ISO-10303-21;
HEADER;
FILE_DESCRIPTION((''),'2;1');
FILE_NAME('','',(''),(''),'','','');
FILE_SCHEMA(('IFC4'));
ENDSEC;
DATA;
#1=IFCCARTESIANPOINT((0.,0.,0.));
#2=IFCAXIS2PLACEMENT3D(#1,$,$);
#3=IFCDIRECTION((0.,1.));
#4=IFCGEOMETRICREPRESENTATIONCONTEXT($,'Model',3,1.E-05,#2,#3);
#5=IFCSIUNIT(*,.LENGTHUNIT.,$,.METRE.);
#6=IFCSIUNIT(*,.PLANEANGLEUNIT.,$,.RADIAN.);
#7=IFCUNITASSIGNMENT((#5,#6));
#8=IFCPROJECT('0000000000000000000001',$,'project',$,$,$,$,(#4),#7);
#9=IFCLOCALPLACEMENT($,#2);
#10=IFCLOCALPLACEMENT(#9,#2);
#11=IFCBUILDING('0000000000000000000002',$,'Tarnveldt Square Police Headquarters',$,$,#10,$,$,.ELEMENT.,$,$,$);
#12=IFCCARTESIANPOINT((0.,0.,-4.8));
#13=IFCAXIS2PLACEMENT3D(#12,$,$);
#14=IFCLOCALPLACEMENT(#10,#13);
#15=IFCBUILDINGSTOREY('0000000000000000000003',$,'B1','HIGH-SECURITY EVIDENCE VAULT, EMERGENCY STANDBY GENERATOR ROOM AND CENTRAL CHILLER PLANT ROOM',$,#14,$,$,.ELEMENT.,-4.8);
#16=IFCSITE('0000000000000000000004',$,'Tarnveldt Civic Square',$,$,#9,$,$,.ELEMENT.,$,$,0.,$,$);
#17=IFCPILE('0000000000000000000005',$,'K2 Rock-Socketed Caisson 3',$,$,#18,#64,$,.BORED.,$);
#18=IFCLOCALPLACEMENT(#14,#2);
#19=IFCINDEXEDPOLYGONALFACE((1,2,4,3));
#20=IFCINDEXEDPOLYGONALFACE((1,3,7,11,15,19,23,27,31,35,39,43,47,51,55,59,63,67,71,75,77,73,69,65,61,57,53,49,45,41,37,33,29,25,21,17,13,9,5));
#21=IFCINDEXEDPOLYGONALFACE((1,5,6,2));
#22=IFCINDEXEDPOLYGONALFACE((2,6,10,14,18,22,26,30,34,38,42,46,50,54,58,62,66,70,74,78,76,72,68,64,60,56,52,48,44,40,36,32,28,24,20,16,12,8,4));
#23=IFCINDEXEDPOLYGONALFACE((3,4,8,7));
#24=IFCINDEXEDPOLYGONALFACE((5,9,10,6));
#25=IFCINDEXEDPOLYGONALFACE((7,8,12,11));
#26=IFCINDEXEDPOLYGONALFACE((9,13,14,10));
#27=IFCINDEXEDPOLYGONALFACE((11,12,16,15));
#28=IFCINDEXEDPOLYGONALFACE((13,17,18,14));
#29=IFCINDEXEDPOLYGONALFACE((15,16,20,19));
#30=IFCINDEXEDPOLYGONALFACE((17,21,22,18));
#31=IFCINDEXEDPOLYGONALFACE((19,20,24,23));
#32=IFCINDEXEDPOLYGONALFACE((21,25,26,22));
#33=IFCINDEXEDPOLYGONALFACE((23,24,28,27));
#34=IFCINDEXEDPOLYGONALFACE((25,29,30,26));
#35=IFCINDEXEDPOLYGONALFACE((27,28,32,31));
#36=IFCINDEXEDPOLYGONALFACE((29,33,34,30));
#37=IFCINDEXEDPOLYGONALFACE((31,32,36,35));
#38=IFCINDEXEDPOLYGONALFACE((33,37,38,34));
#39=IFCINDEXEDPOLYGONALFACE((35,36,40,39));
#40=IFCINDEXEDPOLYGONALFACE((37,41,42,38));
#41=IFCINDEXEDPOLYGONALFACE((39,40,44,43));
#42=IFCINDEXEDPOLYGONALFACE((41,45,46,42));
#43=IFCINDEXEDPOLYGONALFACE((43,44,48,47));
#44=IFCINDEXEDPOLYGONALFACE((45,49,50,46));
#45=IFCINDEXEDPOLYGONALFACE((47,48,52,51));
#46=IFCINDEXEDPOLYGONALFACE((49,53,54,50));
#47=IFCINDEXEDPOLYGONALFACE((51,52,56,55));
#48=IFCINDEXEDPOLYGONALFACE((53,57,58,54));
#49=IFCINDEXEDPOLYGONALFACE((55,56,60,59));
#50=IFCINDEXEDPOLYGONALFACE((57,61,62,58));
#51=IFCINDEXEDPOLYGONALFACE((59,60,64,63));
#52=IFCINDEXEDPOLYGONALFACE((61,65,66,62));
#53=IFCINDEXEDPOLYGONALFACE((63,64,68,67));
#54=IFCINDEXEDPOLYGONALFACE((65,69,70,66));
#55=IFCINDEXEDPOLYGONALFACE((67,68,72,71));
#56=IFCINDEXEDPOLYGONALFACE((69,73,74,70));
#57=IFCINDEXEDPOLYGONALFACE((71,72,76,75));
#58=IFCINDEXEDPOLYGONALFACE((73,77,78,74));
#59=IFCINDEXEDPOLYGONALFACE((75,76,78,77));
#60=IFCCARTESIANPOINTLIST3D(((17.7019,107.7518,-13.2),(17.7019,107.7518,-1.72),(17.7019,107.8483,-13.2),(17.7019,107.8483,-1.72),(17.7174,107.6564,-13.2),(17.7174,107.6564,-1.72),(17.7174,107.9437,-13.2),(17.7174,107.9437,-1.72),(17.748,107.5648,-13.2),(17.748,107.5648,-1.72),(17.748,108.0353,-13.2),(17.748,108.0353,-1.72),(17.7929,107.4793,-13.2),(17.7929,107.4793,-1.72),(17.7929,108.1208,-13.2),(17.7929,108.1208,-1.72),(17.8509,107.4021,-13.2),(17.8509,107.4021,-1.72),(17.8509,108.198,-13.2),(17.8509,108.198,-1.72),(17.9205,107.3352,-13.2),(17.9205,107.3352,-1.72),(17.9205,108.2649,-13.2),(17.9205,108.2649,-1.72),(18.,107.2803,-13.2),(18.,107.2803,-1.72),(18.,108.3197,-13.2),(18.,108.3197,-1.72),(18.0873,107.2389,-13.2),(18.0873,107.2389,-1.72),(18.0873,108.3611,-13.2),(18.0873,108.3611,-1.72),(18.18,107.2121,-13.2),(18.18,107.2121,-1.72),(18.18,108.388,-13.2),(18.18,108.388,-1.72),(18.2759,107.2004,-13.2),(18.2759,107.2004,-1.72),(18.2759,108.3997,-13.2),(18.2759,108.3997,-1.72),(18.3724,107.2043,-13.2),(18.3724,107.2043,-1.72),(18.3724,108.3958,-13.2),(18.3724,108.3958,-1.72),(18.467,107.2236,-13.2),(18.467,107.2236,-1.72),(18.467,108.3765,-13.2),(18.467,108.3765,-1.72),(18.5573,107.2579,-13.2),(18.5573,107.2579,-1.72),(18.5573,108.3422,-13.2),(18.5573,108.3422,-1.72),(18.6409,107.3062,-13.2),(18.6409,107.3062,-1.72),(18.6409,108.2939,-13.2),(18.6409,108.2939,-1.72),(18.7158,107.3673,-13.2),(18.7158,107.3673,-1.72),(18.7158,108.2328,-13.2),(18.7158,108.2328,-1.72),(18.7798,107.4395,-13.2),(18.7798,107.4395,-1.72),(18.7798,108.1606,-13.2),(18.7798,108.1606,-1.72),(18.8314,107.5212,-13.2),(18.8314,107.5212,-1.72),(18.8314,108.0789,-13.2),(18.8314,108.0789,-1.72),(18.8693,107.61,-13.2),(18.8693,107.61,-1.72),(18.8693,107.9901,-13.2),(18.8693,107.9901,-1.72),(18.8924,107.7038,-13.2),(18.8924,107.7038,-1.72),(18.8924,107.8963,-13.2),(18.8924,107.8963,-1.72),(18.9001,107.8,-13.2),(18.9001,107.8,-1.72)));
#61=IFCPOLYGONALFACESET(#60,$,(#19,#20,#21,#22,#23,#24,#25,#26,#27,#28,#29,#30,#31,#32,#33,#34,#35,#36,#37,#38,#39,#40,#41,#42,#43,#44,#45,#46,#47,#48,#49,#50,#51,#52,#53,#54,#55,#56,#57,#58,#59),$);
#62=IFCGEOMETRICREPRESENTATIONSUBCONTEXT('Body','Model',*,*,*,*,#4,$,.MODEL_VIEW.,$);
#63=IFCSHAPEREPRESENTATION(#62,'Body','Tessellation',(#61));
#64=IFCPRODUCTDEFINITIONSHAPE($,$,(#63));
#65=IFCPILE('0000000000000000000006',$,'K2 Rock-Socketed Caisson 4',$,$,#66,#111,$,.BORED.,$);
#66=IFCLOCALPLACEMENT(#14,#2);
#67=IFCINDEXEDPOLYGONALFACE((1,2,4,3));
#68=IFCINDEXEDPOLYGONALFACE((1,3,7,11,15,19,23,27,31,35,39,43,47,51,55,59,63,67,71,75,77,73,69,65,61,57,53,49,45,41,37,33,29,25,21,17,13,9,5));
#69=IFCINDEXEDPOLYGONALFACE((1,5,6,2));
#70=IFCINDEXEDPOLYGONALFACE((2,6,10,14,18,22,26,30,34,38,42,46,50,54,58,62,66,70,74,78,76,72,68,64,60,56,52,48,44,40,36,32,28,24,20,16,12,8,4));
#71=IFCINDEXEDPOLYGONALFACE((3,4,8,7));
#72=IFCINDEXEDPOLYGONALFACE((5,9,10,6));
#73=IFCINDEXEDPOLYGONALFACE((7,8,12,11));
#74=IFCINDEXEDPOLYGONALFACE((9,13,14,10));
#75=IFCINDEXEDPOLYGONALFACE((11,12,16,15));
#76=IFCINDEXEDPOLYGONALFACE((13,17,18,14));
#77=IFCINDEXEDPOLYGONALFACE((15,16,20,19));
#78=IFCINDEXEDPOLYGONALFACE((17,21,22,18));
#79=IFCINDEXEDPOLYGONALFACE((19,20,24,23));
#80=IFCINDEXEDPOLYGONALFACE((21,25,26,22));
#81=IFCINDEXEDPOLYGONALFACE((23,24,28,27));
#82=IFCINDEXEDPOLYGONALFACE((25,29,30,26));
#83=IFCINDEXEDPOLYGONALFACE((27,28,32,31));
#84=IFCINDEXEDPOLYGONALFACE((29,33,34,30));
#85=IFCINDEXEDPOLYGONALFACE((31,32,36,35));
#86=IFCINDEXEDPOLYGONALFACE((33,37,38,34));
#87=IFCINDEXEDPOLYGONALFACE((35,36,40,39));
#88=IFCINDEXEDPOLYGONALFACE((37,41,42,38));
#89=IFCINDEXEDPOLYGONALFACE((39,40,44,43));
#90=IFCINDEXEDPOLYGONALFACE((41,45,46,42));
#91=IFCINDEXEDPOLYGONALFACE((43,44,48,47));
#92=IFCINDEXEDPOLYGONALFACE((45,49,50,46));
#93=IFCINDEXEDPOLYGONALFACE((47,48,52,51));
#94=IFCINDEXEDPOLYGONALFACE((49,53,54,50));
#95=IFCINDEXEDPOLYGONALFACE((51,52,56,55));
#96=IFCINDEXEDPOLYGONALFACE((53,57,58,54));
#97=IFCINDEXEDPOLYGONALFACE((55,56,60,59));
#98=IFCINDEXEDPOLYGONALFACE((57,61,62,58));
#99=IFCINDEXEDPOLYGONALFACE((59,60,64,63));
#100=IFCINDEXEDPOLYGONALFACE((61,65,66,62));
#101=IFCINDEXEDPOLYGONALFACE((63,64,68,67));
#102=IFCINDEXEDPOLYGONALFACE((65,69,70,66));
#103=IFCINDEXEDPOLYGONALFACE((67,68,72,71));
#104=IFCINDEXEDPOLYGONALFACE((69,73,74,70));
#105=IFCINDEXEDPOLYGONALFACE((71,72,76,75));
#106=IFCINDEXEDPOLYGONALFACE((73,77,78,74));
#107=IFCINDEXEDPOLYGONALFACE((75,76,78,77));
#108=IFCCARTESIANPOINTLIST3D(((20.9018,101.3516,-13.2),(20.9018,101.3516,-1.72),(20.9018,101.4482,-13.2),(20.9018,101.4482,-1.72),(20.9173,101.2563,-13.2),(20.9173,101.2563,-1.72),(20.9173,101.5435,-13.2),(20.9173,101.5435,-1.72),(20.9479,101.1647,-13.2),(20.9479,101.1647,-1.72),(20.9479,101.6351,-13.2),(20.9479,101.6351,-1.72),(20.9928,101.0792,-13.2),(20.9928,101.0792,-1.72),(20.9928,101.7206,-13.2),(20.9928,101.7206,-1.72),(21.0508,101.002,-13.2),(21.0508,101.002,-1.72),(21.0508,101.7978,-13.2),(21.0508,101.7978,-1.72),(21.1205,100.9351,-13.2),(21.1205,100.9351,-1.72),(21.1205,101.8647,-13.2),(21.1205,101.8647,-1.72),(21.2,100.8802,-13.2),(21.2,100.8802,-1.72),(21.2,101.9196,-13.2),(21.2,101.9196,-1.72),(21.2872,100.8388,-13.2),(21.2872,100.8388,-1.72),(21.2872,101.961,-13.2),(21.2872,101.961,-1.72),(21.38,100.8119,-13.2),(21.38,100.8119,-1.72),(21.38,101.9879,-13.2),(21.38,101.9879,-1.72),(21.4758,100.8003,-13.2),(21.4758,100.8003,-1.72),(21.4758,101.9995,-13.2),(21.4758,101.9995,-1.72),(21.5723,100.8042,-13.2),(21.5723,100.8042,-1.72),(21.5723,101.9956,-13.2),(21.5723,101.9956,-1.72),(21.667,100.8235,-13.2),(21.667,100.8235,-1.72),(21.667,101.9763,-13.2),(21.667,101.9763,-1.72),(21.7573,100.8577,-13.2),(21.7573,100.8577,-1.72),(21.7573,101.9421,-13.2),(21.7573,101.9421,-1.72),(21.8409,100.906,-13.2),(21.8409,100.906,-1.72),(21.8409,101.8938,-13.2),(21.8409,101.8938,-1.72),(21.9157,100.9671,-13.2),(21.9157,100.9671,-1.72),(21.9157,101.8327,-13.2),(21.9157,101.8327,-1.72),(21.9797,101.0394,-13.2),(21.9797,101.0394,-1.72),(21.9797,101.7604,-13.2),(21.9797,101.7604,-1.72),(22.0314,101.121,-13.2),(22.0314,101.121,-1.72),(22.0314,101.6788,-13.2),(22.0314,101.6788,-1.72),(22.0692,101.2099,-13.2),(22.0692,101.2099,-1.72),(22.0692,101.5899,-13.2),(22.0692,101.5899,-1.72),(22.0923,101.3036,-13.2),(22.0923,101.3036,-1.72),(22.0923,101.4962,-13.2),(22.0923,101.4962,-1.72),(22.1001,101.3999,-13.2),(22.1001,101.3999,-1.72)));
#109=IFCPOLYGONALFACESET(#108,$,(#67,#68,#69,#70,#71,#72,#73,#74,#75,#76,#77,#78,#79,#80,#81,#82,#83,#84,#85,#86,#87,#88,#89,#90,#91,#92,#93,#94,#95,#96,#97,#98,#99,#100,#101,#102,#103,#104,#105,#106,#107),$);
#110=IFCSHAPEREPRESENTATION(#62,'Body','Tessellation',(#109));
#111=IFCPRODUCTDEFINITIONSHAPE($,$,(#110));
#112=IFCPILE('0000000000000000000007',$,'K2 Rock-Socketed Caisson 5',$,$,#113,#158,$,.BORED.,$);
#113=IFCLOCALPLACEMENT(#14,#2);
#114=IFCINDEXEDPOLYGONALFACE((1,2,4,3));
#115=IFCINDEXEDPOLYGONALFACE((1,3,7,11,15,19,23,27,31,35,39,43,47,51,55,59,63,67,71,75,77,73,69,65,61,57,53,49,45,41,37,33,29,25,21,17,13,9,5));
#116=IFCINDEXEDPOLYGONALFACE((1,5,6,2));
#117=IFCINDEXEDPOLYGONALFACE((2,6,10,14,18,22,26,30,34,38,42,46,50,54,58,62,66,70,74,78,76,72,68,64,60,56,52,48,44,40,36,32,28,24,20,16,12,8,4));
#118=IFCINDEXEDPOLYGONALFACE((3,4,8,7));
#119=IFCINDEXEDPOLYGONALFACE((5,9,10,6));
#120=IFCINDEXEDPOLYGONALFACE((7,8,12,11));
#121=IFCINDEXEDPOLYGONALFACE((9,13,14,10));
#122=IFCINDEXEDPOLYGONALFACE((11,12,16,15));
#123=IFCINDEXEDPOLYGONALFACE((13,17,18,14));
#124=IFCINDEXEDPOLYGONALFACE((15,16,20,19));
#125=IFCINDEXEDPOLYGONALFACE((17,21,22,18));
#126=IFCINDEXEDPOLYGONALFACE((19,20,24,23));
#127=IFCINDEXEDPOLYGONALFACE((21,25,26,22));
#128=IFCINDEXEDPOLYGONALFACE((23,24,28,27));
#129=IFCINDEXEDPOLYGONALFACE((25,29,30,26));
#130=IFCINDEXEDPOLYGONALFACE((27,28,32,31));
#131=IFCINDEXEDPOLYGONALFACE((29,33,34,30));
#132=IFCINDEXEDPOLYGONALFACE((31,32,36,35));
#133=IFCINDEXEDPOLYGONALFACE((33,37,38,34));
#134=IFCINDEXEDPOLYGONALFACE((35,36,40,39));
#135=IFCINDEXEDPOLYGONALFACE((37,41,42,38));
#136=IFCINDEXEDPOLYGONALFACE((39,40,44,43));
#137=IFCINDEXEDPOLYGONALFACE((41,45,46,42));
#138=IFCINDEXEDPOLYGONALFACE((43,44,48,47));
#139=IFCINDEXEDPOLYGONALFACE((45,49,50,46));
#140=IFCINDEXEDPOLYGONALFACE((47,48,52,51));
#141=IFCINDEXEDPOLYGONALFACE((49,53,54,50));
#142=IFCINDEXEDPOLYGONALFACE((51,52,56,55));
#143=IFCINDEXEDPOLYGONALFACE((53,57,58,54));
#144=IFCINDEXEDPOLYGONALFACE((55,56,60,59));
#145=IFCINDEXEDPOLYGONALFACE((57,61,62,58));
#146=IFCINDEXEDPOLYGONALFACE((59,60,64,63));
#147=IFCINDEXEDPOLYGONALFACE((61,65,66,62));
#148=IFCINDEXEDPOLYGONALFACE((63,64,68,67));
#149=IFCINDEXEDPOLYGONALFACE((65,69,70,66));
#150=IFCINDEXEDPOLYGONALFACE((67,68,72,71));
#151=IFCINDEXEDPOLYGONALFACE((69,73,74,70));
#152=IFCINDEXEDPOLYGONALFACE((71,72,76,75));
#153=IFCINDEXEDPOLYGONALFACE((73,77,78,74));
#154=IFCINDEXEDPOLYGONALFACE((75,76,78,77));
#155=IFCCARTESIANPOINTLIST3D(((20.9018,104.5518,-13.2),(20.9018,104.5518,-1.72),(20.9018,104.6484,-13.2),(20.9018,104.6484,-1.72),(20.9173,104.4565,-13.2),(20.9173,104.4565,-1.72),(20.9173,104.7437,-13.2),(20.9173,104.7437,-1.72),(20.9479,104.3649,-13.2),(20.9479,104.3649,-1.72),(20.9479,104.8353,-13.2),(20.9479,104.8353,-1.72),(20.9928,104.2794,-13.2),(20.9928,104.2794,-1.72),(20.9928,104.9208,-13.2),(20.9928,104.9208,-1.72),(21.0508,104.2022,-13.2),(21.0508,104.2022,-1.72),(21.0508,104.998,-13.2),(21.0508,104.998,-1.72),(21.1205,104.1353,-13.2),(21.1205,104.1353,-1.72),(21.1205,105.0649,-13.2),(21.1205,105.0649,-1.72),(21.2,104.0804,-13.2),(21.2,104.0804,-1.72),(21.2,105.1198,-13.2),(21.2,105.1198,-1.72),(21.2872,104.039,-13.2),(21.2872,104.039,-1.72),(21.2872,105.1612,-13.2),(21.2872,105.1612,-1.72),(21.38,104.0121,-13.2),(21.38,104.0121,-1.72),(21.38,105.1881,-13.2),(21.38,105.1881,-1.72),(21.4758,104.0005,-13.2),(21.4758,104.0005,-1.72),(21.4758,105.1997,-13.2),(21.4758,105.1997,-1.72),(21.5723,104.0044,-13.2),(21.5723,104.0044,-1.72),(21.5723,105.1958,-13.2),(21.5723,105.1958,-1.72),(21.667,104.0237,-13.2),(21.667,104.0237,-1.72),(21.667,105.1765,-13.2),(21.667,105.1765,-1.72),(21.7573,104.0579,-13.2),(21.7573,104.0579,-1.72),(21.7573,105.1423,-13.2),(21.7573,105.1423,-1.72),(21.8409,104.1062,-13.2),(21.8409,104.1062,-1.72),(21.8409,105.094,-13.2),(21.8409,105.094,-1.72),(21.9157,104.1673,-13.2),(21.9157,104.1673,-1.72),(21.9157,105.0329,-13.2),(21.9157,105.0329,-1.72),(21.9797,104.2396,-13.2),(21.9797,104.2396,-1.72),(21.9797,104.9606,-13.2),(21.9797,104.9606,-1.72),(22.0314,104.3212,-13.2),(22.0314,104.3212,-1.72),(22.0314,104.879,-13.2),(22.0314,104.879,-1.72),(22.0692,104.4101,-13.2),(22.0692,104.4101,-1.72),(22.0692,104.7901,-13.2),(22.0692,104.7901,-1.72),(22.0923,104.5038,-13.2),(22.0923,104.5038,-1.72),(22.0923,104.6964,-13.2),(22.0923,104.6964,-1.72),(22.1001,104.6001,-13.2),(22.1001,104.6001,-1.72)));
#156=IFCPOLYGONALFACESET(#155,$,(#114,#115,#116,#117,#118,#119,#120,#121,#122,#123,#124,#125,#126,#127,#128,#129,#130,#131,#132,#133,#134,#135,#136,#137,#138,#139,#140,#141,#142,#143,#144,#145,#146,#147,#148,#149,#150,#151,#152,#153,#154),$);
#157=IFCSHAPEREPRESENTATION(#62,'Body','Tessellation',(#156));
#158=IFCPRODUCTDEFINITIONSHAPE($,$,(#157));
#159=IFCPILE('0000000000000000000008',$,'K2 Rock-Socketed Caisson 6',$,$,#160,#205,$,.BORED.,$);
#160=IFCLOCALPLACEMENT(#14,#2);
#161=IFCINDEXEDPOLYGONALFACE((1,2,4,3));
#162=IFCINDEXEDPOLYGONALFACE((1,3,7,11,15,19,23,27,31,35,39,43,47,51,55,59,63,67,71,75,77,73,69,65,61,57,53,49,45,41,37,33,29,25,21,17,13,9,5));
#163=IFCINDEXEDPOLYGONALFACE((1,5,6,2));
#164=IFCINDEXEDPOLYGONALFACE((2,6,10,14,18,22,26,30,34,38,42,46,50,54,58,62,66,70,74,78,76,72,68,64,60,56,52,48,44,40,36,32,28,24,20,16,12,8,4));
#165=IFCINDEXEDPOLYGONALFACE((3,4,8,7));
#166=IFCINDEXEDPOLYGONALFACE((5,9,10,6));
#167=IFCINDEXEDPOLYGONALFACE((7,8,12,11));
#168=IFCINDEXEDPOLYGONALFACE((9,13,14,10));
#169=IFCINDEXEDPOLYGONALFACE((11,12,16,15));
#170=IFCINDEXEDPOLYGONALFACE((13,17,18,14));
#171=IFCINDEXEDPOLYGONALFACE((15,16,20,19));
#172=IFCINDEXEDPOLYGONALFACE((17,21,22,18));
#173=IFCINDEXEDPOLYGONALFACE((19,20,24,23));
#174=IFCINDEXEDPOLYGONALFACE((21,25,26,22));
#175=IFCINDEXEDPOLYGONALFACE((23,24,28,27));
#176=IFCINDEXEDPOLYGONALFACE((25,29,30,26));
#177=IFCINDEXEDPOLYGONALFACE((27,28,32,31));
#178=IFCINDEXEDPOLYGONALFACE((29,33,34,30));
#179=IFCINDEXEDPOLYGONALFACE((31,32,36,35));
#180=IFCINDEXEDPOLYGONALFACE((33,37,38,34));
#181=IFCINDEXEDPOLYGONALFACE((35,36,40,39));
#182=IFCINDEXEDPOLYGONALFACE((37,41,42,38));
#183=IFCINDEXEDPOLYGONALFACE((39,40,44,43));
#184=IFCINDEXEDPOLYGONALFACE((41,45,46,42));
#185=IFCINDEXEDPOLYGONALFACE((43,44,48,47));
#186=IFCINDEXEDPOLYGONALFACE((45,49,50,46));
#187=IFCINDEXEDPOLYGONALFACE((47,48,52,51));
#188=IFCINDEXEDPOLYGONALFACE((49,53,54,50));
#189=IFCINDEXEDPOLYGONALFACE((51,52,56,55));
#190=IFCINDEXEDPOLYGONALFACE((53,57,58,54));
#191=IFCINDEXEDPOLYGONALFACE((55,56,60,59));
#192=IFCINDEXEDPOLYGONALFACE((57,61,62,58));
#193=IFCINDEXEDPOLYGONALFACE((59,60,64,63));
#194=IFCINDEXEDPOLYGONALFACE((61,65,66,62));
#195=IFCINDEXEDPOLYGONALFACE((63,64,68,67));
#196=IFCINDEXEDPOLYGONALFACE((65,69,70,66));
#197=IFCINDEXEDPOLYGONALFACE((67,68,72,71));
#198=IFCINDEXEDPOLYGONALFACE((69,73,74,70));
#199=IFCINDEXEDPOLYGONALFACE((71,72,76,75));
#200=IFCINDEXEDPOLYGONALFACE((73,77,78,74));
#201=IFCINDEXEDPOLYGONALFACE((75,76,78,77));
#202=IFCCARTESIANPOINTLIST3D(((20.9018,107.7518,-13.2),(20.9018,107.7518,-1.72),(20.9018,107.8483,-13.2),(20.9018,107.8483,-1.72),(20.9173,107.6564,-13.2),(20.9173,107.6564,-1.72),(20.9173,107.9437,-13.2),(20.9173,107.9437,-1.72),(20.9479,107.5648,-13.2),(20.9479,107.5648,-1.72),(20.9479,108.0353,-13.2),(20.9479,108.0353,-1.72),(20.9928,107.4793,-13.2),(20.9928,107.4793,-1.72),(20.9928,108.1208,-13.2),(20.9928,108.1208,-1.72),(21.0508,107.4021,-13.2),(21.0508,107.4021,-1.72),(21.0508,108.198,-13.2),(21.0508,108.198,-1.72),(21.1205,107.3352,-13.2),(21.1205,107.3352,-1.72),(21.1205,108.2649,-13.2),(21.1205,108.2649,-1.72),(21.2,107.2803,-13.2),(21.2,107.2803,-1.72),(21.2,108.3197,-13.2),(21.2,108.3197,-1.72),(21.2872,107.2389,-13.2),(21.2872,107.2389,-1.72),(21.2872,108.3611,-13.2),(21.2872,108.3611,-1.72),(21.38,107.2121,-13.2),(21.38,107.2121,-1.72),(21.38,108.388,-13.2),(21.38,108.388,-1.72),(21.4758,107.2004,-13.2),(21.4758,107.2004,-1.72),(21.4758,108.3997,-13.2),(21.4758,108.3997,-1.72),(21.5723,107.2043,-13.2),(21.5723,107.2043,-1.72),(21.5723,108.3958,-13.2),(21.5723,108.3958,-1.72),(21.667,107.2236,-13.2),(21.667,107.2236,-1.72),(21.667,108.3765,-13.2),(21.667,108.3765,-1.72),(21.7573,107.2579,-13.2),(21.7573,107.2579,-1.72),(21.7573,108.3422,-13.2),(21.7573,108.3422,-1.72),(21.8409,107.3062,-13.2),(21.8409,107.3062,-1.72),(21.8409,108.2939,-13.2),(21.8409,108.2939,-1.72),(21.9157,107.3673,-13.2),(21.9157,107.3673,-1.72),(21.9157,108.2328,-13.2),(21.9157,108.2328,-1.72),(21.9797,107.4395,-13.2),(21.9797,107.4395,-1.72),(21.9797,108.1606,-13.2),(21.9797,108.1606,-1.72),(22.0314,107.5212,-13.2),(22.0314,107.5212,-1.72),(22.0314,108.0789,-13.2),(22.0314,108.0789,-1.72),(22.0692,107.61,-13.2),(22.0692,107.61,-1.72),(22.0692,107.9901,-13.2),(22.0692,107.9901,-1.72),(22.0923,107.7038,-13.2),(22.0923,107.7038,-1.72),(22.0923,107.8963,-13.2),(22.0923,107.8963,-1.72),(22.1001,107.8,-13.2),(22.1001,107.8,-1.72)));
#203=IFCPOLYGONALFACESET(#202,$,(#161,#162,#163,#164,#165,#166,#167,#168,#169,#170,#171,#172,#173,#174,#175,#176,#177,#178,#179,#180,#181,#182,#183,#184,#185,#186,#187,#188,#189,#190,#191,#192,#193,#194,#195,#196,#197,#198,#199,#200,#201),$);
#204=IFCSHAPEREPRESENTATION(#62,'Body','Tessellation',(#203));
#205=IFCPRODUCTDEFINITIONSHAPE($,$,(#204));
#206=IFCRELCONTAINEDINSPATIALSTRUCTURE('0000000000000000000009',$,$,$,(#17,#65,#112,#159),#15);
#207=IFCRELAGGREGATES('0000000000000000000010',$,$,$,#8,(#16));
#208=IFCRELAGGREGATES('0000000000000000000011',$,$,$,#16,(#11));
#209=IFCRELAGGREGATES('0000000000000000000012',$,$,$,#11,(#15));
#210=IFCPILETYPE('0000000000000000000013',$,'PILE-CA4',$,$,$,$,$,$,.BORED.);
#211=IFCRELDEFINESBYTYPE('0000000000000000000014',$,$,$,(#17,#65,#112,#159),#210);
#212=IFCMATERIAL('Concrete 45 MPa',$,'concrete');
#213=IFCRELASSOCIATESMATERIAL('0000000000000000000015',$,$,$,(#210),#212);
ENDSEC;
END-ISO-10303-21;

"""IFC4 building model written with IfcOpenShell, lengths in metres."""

from ifc_helpers import new_model, si_unit, direction, frame, origin, origin_2d, place, context, subcontext, project, spatial, circle, extrude, material, material_profile, profile_set, type_object, element, save


model = new_model("IFC4")

# Units and contexts
model_context = context("Model", 3, precision=1e-05, world=origin(), true_north=direction((0.0, 1.0)))
body_context = subcontext(model_context, "Body", "Model", "MODEL_VIEW")
ifc_project = project(units=[si_unit("LENGTHUNIT", "METRE"), si_unit("PLANEANGLEUNIT", "RADIAN")], contexts=[model_context])

# Site, building, storey
site_placement = place(None, origin())
site = spatial("IfcSite", under=ifc_project, at=site_placement, Name="Tarnveldt Civic Square", CompositionType="ELEMENT", RefElevation=0.0)
building_placement = place(site_placement, origin())
building = spatial("IfcBuilding", under=site, at=building_placement, Name="Tarnveldt Square Police Headquarters", CompositionType="ELEMENT")
storey_placement = place(building_placement, frame((0.0, 0.0, -4.8)))
storey = spatial("IfcBuildingStorey", under=building, at=storey_placement, Name="B1", Description="HIGH-SECURITY EVIDENCE VAULT, EMERGENCY STANDBY GENERATOR ROOM AND CENTRAL CHILLER PLANT ROOM", CompositionType="ELEMENT", Elevation=-4.8)

# Shared definitions
ifc_material_1 = material(Name="Concrete 45 MPa", Category="concrete")

# Piles
ifc_material_profile_1 = material_profile(ifc_material_1, circle(Radius=0.6001, at=origin_2d()), Name="CAISSON-D1200")
ifc_profile_set_1 = profile_set([ifc_material_profile_1], Name="Concrete 45 MPa")
pile_type_1 = type_object("IfcPileType", Name="PILE-CA4", PredefinedType="BORED", material=ifc_profile_set_1)
for number, where, z_axis, x_axis, name in (
    (1, (18.3, 107.8, -1.72), (0.0, 0.0, -1.0), (1.0, 0.0, 0.0), "K2 Rock-Socketed Caisson 3"),
    (2, (21.5, 101.3999, -1.72), (0.0, 0.0, -1.0), (1.0, 0.0, 0.0), "K2 Rock-Socketed Caisson 4"),
    (3, (21.5, 104.6001, -1.72), (0.0, 0.0, -1.0), (1.0, 0.0, 0.0), "K2 Rock-Socketed Caisson 5"),
    (4, (21.5, 107.8, -1.72), (0.0, 0.0, -1.0), (1.0, 0.0, 0.0), "K2 Rock-Socketed Caisson 6"),
):
    element("IfcPile", number, at=place(storey_placement, frame(where, z_axis=z_axis, x_axis=x_axis)), inside=storey, type_object=pile_type_1, Name=name, PredefinedType="BORED", context=body_context, shape_type="SweptSolid", body=[
        extrude(circle(Radius=0.6001, at=origin_2d()), origin(), (0.0, 0.0, 1.0), 11.48),
    ])

save(model, "model.ifc")
